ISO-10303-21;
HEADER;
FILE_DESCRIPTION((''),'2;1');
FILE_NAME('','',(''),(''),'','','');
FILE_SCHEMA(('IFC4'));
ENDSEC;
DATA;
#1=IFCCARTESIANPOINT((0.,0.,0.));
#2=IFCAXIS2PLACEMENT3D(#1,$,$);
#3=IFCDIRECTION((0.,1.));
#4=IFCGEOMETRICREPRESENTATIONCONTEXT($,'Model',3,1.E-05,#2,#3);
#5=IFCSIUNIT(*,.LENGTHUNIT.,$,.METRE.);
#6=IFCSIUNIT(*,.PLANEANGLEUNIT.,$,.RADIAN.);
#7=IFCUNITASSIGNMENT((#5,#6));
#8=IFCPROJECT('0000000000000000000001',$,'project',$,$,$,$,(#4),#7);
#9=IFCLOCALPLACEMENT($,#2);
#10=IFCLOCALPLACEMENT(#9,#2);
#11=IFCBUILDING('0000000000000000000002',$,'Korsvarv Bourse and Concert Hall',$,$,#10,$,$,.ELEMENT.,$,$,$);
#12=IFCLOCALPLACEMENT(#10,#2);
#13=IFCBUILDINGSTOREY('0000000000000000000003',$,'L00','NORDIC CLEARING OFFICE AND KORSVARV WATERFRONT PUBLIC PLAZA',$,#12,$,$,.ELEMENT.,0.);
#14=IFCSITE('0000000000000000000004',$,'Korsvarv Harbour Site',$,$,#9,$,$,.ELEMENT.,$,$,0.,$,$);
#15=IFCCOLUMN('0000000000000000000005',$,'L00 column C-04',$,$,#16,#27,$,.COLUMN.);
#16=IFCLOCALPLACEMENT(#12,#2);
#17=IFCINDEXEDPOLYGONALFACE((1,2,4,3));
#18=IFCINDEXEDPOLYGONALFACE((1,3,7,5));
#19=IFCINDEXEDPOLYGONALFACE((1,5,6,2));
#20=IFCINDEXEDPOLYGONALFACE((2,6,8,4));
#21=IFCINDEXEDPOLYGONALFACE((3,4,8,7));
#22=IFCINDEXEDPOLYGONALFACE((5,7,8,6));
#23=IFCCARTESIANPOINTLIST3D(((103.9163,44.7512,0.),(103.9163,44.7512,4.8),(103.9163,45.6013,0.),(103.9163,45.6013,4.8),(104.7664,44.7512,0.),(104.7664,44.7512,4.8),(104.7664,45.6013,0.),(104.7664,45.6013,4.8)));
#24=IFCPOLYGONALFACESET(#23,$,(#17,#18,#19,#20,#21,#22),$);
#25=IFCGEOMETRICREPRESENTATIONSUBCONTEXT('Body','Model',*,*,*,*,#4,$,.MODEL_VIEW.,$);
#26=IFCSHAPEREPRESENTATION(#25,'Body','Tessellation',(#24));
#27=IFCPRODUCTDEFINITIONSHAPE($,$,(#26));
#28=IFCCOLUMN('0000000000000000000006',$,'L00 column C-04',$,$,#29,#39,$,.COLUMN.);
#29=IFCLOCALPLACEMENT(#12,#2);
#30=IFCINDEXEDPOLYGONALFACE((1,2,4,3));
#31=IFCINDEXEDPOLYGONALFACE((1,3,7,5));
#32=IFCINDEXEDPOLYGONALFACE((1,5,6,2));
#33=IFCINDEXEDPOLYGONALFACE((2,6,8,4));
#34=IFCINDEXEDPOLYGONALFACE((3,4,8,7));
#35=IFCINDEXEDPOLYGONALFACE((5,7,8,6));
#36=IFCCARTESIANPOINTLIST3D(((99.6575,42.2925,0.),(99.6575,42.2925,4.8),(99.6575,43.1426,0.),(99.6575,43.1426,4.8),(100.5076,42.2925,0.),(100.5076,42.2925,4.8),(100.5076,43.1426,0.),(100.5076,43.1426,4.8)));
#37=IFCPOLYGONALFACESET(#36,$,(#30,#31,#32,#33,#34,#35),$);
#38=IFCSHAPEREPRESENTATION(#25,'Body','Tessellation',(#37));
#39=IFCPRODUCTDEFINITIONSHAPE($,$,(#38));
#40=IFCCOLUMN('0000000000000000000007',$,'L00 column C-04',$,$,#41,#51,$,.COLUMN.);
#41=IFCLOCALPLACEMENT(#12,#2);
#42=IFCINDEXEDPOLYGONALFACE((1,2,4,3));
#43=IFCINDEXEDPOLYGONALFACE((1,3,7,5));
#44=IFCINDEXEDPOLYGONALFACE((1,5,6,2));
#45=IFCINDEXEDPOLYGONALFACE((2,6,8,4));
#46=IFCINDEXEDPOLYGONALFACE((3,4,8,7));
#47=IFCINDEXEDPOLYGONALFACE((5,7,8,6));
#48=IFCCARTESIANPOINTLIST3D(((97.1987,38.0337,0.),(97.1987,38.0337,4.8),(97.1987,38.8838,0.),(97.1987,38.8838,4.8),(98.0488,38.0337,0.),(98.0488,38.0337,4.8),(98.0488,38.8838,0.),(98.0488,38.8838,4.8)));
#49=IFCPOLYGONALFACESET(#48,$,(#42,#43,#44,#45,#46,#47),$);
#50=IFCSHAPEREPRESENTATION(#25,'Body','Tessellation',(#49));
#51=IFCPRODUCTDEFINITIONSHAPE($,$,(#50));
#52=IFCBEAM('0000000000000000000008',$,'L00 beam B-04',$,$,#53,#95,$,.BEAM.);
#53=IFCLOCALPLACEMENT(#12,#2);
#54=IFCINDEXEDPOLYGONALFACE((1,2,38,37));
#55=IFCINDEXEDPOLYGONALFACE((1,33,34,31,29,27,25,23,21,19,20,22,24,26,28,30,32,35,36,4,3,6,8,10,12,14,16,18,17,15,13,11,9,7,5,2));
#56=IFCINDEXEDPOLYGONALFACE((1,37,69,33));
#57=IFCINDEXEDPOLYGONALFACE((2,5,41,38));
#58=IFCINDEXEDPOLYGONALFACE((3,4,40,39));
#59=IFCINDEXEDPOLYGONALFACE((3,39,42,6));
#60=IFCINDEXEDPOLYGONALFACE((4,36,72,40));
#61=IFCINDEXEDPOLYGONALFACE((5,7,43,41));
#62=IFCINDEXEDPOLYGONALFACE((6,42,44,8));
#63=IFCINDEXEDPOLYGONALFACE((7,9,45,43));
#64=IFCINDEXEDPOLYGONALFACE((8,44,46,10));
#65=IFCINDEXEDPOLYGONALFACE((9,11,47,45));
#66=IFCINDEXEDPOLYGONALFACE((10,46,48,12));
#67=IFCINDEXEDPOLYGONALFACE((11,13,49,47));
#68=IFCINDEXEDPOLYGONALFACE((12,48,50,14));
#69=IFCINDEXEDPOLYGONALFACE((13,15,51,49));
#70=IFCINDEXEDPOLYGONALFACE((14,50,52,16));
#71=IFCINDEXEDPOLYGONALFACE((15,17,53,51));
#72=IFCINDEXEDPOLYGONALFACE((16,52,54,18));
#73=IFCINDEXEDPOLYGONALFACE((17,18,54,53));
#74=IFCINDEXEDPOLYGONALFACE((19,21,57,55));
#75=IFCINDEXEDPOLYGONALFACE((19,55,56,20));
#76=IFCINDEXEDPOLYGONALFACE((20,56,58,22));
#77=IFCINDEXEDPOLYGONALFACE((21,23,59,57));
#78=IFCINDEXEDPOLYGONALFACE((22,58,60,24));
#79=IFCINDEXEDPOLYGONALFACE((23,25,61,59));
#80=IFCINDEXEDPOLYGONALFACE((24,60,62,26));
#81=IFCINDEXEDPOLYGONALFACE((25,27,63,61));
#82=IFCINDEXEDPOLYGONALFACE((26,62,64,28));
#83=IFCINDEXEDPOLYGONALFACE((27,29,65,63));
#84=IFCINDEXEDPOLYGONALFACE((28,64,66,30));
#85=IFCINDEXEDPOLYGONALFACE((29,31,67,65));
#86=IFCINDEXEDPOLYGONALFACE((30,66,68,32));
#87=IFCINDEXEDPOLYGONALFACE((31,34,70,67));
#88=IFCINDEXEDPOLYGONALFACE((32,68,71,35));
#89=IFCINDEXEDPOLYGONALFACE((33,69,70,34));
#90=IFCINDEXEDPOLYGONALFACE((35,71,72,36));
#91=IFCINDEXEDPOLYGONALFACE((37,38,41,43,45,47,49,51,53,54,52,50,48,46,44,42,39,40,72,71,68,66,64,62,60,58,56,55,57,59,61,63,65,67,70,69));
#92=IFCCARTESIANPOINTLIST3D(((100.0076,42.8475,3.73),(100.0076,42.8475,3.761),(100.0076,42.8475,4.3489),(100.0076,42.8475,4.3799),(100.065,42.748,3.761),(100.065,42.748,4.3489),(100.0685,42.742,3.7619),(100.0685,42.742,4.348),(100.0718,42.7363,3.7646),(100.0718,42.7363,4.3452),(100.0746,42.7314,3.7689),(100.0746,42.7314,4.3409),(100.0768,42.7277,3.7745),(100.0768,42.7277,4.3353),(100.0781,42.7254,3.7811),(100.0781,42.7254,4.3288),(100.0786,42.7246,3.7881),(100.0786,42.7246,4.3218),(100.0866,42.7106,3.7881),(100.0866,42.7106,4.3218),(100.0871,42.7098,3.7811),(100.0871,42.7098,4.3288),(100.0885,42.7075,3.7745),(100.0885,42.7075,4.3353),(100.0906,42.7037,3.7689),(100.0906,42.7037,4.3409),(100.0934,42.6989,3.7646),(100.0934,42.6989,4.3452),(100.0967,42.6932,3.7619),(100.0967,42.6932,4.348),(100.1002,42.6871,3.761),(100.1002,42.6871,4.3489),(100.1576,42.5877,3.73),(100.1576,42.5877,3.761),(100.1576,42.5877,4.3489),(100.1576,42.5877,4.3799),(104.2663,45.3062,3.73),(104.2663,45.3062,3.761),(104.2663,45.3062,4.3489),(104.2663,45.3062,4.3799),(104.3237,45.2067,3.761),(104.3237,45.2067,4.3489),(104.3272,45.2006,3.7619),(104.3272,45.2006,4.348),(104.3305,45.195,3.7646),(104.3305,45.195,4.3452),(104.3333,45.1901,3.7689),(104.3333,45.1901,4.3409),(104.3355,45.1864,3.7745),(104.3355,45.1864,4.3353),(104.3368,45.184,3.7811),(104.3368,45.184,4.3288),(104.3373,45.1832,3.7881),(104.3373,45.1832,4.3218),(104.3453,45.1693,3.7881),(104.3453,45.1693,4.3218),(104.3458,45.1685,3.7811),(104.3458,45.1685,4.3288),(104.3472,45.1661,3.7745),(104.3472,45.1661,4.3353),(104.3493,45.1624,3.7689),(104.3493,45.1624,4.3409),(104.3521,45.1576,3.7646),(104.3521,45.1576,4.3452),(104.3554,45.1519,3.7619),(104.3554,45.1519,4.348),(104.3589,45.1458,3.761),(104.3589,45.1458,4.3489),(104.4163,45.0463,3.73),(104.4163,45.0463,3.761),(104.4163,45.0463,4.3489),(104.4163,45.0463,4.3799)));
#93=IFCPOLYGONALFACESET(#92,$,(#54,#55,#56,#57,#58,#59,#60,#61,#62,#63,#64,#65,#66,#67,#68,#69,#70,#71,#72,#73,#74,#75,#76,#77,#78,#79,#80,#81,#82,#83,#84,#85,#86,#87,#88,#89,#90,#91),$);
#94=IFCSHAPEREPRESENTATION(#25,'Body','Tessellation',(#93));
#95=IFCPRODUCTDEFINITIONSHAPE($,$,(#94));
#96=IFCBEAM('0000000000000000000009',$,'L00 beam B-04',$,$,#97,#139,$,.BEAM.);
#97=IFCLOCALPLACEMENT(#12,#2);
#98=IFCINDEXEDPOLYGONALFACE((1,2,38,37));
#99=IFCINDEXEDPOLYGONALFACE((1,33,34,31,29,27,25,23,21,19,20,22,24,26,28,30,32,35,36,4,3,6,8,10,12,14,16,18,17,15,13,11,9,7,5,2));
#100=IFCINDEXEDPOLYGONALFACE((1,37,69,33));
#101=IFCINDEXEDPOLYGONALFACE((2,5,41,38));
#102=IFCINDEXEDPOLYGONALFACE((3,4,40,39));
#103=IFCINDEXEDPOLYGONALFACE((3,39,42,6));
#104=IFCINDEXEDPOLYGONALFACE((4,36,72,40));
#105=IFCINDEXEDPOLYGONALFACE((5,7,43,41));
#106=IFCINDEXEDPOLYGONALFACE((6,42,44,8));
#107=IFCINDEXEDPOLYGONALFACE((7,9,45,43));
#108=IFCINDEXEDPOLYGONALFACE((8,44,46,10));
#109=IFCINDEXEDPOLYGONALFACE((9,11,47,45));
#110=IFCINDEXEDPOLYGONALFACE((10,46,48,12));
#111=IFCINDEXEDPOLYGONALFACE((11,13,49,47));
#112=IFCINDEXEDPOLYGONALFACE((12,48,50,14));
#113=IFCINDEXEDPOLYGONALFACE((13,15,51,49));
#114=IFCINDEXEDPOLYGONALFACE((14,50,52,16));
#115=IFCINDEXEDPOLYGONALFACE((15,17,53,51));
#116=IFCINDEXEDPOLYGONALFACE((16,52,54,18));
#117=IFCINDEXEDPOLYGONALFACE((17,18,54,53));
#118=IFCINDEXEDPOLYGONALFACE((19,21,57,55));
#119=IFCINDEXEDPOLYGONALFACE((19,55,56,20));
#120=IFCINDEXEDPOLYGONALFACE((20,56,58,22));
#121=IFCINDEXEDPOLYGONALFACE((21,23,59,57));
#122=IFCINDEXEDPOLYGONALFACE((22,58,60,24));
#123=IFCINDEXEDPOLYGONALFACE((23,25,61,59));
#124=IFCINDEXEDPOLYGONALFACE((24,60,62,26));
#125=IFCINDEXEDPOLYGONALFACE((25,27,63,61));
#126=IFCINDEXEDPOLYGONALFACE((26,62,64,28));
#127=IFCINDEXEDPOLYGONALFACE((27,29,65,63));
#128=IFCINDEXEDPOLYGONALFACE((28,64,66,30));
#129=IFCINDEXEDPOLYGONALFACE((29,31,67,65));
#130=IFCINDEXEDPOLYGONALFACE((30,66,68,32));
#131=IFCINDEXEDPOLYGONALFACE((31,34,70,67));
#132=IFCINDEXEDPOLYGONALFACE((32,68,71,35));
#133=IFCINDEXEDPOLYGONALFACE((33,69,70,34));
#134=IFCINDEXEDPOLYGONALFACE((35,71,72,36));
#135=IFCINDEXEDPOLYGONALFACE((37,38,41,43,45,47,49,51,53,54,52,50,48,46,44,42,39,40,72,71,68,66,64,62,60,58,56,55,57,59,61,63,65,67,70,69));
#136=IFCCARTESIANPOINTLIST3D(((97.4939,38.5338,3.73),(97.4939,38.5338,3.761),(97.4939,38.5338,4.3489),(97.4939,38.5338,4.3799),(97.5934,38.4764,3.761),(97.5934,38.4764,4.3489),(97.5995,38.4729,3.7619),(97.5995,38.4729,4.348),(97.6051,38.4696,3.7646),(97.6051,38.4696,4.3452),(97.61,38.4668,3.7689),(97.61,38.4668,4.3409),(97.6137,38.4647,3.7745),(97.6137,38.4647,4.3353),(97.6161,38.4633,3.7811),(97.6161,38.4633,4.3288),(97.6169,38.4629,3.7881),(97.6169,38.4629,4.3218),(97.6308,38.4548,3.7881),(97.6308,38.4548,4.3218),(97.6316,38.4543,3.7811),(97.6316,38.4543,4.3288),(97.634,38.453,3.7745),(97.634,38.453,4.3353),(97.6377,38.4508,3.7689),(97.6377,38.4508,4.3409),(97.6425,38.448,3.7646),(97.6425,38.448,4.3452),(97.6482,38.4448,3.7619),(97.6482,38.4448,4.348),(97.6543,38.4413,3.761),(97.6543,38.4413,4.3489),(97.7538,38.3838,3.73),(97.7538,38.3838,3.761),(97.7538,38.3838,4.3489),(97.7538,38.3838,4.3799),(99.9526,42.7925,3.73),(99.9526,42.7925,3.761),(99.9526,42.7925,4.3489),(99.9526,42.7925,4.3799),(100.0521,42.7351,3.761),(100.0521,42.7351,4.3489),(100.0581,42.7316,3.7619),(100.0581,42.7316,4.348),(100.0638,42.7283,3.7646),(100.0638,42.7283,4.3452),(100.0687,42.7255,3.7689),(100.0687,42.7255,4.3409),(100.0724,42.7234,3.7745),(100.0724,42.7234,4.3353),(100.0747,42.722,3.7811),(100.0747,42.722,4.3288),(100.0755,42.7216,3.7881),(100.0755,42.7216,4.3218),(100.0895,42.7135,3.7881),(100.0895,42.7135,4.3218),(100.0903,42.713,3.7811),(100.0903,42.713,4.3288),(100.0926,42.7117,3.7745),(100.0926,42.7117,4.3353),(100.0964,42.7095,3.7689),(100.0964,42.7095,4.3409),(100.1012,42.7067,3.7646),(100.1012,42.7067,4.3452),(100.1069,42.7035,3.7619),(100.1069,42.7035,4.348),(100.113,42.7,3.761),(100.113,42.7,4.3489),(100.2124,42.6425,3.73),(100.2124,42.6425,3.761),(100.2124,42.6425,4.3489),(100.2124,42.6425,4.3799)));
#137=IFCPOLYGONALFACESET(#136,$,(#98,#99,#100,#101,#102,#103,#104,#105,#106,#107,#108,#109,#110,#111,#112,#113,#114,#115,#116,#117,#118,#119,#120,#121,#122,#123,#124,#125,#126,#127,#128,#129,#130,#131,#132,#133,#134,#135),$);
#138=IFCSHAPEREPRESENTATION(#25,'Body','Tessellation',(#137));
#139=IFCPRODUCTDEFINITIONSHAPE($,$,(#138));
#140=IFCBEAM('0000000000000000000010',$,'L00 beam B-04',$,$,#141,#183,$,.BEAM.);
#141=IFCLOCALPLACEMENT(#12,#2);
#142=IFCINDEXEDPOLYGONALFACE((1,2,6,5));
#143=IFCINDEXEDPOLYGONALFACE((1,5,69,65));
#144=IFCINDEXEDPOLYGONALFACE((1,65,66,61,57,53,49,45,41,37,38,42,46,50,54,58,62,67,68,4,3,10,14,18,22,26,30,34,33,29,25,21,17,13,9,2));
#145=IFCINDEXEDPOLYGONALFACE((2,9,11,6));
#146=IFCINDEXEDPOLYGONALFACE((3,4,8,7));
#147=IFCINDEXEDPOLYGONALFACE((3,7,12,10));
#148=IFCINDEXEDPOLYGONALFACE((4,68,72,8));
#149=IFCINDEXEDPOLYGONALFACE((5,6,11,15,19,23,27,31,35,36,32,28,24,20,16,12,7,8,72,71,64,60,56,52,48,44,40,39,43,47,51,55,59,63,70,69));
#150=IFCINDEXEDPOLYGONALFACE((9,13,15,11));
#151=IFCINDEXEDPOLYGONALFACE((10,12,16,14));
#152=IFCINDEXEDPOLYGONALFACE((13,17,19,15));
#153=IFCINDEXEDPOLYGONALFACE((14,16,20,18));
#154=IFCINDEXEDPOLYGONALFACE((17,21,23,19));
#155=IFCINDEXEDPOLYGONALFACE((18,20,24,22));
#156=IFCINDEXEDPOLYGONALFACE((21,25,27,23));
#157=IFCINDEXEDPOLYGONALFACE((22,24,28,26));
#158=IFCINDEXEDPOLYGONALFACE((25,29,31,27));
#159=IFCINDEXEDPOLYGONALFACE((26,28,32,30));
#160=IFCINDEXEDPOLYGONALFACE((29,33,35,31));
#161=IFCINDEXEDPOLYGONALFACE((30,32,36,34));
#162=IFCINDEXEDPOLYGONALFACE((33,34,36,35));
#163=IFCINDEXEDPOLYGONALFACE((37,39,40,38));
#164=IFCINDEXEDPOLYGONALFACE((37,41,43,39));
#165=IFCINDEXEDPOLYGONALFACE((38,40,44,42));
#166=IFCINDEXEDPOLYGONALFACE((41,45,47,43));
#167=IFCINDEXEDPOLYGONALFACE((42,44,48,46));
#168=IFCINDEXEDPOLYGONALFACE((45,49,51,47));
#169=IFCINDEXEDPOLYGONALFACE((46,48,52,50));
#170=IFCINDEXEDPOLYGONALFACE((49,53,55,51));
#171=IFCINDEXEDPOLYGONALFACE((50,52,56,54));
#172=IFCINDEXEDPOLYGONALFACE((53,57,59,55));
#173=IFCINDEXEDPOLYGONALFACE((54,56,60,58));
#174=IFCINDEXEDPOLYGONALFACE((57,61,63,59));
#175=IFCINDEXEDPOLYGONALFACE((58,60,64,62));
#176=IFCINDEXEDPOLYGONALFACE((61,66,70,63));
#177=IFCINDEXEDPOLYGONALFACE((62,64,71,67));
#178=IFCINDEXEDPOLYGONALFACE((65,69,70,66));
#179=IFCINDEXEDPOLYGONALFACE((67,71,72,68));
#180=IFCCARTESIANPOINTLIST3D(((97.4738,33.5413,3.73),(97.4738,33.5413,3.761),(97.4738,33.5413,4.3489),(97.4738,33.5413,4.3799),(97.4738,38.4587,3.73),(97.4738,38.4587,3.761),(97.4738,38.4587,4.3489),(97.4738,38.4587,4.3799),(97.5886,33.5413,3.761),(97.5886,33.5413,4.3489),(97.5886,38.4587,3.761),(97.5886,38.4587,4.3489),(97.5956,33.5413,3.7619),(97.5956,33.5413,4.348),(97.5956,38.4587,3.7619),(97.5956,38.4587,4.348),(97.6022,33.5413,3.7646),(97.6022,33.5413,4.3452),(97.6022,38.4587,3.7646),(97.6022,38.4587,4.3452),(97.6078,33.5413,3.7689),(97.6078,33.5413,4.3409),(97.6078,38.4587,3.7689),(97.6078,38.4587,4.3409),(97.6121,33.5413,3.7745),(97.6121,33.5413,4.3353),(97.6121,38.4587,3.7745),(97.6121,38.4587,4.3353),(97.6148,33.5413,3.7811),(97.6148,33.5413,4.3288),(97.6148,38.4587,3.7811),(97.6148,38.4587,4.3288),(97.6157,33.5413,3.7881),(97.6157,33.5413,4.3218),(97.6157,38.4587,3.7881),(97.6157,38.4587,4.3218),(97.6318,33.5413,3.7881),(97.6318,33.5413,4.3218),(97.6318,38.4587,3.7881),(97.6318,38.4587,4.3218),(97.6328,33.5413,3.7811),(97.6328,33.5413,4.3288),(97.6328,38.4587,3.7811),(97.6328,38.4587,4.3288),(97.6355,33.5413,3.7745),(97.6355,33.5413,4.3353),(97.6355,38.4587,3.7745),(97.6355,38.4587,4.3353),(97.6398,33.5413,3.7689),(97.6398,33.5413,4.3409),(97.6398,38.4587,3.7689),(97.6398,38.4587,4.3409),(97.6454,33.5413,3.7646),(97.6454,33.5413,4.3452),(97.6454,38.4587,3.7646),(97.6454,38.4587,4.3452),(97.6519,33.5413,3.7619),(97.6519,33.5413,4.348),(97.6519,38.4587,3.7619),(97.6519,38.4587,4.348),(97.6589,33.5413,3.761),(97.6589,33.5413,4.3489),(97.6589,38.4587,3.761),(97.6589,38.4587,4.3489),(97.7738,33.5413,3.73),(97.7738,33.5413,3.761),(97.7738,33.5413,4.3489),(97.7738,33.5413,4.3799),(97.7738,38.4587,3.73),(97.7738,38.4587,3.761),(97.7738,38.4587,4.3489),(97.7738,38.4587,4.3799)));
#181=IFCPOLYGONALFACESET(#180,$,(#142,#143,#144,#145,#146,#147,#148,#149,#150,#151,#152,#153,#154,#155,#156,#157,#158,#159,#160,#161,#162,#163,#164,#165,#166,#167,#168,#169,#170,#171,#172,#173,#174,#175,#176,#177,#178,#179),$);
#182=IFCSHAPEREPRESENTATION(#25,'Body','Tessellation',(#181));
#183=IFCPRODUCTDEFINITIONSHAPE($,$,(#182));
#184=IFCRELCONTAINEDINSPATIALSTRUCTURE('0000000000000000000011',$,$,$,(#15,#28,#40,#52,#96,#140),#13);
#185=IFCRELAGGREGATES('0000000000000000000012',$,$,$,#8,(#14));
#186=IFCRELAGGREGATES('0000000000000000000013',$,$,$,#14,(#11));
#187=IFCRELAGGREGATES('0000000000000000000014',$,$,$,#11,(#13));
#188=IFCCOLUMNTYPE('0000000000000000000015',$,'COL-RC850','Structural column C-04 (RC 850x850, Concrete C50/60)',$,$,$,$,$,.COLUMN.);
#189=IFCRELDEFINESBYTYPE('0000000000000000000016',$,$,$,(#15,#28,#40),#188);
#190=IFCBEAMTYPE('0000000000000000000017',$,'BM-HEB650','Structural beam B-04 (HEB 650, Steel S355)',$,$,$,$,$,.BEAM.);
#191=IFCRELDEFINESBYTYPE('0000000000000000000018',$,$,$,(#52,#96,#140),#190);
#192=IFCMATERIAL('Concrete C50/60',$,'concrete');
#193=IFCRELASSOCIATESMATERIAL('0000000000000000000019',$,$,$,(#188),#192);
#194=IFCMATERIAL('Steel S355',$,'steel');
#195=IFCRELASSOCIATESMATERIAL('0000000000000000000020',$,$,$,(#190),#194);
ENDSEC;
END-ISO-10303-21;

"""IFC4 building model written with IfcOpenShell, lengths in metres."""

from ifc_helpers import new_model, si_unit, direction, frame, origin, origin_2d, place, context, subcontext, project, spatial, rectangle, i_section, extrude, source, transform, mapped, material, material_profile, profile_set, type_object, element, save


model = new_model("IFC4")

# Units and contexts
model_context = context("Model", 3, precision=1e-05, world=origin(), true_north=direction((0.0, 1.0)))
body_context = subcontext(model_context, "Body", "Model", "MODEL_VIEW")
ifc_project = project(units=[si_unit("LENGTHUNIT", "METRE"), si_unit("PLANEANGLEUNIT", "RADIAN")], contexts=[model_context])

# Site, building, storey
site_placement = place(None, origin())
site = spatial("IfcSite", under=ifc_project, at=site_placement, Name="Korsvarv Harbour Site", CompositionType="ELEMENT", RefElevation=0.0)
building_placement = place(site_placement, origin())
building = spatial("IfcBuilding", under=site, at=building_placement, Name="Korsvarv Bourse and Concert Hall", CompositionType="ELEMENT")
storey_placement = place(building_placement, origin())
storey = spatial("IfcBuildingStorey", under=building, at=storey_placement, Name="L00", Description="NORDIC CLEARING OFFICE AND KORSVARV WATERFRONT PUBLIC PLAZA", CompositionType="ELEMENT", Elevation=0.0)

# Columns
ifc_material_1 = material(Name="Concrete C50/60", Category="concrete")
ifc_material_profile_1 = material_profile(ifc_material_1, rectangle(XDim=0.8501, YDim=0.8501, at=origin_2d()), Name="RC 850x850")
ifc_profile_set_1 = profile_set([ifc_material_profile_1], Name="Concrete C50/60")
column_type = type_object("IfcColumnType", Name="COL-RC850", Description="Structural column C-04 (RC 850x850, Concrete C50/60)", PredefinedType="COLUMN", material=ifc_profile_set_1)
shared_shape_1 = source(origin(), body_context, "Body", "SweptSolid", [
    extrude(rectangle(XDim=0.8501, YDim=0.8501, at=origin_2d()), origin(), (0.0, 0.0, 1.0), 4.8),
])
for number, where, z_axis, x_axis, name in (
    (1, (104.3413, 45.1763, 0.0), (0.0, 0.0, 1.0), (1.0, 0.0, 0.0), "L00 column C-04"),
    (2, (100.0825, 42.7175, 0.0), (0.0, 0.0, 1.0), (1.0, 0.0, 0.0), "L00 column C-04"),
    (3, (97.6238, 38.4587, 0.0), (0.0, 0.0, 1.0), (1.0, 0.0, 0.0), "L00 column C-04"),
):
    element("IfcColumn", number, at=place(storey_placement, frame(where, z_axis=z_axis, x_axis=x_axis)), inside=storey, type_object=column_type, Name=name, PredefinedType="COLUMN", context=body_context, shape_type="MappedRepresentation", body=[
        mapped(shared_shape_1, transform((0.0, 0.0, 0.0), scale=1.0)),
    ])

# Beams
ifc_material_2 = material(Name="Steel S355", Category="steel")
ifc_material_profile_2 = material_profile(ifc_material_2, i_section(OverallWidth=0.3, OverallDepth=0.6499, WebThickness=0.0161, FlangeThickness=0.031, FilletRadius=0.0271, at=origin_2d()), Name="HEB 650")
ifc_profile_set_2 = profile_set([ifc_material_profile_2], Name="Steel S355")
beam_type_1 = type_object("IfcBeamType", Name="BM-HEB650", Description="Structural beam B-04 (HEB 650, Steel S355)", PredefinedType="BEAM", material=ifc_profile_set_2)
shared_shape_2 = source(origin(), body_context, "Body", "SweptSolid", [
    extrude(i_section(OverallWidth=0.3, OverallDepth=0.6499, WebThickness=0.0161, FlangeThickness=0.031, FilletRadius=0.0271, at=origin_2d()), origin(), (0.0, 0.0, 1.0), 4.9175),
])
for number, where, z_axis, x_axis, name in (
    (4, (104.3413, 45.1763, 4.0549), (-0.866032, -0.499989, 0.0), (0.499989, -0.866032, 0.0), "L00 beam B-04"),
    (5, (100.0825, 42.7175, 4.0549), (-0.499989, -0.866032, 0.0), (0.866032, -0.499989, 0.0), "L00 beam B-04"),
    (6, (97.6238, 38.4587, 4.0549), (0.0, -1.0, 0.0), (1.0, 0.0, 0.0), "L00 beam B-04"),
):
    element("IfcBeam", number, at=place(storey_placement, frame(where, z_axis=z_axis, x_axis=x_axis)), inside=storey, type_object=beam_type_1, Name=name, PredefinedType="BEAM", context=body_context, shape_type="MappedRepresentation", body=[
        mapped(shared_shape_2, transform((0.0, 0.0, 0.0), scale=1.0)),
    ])

save(model, "model.ifc")
